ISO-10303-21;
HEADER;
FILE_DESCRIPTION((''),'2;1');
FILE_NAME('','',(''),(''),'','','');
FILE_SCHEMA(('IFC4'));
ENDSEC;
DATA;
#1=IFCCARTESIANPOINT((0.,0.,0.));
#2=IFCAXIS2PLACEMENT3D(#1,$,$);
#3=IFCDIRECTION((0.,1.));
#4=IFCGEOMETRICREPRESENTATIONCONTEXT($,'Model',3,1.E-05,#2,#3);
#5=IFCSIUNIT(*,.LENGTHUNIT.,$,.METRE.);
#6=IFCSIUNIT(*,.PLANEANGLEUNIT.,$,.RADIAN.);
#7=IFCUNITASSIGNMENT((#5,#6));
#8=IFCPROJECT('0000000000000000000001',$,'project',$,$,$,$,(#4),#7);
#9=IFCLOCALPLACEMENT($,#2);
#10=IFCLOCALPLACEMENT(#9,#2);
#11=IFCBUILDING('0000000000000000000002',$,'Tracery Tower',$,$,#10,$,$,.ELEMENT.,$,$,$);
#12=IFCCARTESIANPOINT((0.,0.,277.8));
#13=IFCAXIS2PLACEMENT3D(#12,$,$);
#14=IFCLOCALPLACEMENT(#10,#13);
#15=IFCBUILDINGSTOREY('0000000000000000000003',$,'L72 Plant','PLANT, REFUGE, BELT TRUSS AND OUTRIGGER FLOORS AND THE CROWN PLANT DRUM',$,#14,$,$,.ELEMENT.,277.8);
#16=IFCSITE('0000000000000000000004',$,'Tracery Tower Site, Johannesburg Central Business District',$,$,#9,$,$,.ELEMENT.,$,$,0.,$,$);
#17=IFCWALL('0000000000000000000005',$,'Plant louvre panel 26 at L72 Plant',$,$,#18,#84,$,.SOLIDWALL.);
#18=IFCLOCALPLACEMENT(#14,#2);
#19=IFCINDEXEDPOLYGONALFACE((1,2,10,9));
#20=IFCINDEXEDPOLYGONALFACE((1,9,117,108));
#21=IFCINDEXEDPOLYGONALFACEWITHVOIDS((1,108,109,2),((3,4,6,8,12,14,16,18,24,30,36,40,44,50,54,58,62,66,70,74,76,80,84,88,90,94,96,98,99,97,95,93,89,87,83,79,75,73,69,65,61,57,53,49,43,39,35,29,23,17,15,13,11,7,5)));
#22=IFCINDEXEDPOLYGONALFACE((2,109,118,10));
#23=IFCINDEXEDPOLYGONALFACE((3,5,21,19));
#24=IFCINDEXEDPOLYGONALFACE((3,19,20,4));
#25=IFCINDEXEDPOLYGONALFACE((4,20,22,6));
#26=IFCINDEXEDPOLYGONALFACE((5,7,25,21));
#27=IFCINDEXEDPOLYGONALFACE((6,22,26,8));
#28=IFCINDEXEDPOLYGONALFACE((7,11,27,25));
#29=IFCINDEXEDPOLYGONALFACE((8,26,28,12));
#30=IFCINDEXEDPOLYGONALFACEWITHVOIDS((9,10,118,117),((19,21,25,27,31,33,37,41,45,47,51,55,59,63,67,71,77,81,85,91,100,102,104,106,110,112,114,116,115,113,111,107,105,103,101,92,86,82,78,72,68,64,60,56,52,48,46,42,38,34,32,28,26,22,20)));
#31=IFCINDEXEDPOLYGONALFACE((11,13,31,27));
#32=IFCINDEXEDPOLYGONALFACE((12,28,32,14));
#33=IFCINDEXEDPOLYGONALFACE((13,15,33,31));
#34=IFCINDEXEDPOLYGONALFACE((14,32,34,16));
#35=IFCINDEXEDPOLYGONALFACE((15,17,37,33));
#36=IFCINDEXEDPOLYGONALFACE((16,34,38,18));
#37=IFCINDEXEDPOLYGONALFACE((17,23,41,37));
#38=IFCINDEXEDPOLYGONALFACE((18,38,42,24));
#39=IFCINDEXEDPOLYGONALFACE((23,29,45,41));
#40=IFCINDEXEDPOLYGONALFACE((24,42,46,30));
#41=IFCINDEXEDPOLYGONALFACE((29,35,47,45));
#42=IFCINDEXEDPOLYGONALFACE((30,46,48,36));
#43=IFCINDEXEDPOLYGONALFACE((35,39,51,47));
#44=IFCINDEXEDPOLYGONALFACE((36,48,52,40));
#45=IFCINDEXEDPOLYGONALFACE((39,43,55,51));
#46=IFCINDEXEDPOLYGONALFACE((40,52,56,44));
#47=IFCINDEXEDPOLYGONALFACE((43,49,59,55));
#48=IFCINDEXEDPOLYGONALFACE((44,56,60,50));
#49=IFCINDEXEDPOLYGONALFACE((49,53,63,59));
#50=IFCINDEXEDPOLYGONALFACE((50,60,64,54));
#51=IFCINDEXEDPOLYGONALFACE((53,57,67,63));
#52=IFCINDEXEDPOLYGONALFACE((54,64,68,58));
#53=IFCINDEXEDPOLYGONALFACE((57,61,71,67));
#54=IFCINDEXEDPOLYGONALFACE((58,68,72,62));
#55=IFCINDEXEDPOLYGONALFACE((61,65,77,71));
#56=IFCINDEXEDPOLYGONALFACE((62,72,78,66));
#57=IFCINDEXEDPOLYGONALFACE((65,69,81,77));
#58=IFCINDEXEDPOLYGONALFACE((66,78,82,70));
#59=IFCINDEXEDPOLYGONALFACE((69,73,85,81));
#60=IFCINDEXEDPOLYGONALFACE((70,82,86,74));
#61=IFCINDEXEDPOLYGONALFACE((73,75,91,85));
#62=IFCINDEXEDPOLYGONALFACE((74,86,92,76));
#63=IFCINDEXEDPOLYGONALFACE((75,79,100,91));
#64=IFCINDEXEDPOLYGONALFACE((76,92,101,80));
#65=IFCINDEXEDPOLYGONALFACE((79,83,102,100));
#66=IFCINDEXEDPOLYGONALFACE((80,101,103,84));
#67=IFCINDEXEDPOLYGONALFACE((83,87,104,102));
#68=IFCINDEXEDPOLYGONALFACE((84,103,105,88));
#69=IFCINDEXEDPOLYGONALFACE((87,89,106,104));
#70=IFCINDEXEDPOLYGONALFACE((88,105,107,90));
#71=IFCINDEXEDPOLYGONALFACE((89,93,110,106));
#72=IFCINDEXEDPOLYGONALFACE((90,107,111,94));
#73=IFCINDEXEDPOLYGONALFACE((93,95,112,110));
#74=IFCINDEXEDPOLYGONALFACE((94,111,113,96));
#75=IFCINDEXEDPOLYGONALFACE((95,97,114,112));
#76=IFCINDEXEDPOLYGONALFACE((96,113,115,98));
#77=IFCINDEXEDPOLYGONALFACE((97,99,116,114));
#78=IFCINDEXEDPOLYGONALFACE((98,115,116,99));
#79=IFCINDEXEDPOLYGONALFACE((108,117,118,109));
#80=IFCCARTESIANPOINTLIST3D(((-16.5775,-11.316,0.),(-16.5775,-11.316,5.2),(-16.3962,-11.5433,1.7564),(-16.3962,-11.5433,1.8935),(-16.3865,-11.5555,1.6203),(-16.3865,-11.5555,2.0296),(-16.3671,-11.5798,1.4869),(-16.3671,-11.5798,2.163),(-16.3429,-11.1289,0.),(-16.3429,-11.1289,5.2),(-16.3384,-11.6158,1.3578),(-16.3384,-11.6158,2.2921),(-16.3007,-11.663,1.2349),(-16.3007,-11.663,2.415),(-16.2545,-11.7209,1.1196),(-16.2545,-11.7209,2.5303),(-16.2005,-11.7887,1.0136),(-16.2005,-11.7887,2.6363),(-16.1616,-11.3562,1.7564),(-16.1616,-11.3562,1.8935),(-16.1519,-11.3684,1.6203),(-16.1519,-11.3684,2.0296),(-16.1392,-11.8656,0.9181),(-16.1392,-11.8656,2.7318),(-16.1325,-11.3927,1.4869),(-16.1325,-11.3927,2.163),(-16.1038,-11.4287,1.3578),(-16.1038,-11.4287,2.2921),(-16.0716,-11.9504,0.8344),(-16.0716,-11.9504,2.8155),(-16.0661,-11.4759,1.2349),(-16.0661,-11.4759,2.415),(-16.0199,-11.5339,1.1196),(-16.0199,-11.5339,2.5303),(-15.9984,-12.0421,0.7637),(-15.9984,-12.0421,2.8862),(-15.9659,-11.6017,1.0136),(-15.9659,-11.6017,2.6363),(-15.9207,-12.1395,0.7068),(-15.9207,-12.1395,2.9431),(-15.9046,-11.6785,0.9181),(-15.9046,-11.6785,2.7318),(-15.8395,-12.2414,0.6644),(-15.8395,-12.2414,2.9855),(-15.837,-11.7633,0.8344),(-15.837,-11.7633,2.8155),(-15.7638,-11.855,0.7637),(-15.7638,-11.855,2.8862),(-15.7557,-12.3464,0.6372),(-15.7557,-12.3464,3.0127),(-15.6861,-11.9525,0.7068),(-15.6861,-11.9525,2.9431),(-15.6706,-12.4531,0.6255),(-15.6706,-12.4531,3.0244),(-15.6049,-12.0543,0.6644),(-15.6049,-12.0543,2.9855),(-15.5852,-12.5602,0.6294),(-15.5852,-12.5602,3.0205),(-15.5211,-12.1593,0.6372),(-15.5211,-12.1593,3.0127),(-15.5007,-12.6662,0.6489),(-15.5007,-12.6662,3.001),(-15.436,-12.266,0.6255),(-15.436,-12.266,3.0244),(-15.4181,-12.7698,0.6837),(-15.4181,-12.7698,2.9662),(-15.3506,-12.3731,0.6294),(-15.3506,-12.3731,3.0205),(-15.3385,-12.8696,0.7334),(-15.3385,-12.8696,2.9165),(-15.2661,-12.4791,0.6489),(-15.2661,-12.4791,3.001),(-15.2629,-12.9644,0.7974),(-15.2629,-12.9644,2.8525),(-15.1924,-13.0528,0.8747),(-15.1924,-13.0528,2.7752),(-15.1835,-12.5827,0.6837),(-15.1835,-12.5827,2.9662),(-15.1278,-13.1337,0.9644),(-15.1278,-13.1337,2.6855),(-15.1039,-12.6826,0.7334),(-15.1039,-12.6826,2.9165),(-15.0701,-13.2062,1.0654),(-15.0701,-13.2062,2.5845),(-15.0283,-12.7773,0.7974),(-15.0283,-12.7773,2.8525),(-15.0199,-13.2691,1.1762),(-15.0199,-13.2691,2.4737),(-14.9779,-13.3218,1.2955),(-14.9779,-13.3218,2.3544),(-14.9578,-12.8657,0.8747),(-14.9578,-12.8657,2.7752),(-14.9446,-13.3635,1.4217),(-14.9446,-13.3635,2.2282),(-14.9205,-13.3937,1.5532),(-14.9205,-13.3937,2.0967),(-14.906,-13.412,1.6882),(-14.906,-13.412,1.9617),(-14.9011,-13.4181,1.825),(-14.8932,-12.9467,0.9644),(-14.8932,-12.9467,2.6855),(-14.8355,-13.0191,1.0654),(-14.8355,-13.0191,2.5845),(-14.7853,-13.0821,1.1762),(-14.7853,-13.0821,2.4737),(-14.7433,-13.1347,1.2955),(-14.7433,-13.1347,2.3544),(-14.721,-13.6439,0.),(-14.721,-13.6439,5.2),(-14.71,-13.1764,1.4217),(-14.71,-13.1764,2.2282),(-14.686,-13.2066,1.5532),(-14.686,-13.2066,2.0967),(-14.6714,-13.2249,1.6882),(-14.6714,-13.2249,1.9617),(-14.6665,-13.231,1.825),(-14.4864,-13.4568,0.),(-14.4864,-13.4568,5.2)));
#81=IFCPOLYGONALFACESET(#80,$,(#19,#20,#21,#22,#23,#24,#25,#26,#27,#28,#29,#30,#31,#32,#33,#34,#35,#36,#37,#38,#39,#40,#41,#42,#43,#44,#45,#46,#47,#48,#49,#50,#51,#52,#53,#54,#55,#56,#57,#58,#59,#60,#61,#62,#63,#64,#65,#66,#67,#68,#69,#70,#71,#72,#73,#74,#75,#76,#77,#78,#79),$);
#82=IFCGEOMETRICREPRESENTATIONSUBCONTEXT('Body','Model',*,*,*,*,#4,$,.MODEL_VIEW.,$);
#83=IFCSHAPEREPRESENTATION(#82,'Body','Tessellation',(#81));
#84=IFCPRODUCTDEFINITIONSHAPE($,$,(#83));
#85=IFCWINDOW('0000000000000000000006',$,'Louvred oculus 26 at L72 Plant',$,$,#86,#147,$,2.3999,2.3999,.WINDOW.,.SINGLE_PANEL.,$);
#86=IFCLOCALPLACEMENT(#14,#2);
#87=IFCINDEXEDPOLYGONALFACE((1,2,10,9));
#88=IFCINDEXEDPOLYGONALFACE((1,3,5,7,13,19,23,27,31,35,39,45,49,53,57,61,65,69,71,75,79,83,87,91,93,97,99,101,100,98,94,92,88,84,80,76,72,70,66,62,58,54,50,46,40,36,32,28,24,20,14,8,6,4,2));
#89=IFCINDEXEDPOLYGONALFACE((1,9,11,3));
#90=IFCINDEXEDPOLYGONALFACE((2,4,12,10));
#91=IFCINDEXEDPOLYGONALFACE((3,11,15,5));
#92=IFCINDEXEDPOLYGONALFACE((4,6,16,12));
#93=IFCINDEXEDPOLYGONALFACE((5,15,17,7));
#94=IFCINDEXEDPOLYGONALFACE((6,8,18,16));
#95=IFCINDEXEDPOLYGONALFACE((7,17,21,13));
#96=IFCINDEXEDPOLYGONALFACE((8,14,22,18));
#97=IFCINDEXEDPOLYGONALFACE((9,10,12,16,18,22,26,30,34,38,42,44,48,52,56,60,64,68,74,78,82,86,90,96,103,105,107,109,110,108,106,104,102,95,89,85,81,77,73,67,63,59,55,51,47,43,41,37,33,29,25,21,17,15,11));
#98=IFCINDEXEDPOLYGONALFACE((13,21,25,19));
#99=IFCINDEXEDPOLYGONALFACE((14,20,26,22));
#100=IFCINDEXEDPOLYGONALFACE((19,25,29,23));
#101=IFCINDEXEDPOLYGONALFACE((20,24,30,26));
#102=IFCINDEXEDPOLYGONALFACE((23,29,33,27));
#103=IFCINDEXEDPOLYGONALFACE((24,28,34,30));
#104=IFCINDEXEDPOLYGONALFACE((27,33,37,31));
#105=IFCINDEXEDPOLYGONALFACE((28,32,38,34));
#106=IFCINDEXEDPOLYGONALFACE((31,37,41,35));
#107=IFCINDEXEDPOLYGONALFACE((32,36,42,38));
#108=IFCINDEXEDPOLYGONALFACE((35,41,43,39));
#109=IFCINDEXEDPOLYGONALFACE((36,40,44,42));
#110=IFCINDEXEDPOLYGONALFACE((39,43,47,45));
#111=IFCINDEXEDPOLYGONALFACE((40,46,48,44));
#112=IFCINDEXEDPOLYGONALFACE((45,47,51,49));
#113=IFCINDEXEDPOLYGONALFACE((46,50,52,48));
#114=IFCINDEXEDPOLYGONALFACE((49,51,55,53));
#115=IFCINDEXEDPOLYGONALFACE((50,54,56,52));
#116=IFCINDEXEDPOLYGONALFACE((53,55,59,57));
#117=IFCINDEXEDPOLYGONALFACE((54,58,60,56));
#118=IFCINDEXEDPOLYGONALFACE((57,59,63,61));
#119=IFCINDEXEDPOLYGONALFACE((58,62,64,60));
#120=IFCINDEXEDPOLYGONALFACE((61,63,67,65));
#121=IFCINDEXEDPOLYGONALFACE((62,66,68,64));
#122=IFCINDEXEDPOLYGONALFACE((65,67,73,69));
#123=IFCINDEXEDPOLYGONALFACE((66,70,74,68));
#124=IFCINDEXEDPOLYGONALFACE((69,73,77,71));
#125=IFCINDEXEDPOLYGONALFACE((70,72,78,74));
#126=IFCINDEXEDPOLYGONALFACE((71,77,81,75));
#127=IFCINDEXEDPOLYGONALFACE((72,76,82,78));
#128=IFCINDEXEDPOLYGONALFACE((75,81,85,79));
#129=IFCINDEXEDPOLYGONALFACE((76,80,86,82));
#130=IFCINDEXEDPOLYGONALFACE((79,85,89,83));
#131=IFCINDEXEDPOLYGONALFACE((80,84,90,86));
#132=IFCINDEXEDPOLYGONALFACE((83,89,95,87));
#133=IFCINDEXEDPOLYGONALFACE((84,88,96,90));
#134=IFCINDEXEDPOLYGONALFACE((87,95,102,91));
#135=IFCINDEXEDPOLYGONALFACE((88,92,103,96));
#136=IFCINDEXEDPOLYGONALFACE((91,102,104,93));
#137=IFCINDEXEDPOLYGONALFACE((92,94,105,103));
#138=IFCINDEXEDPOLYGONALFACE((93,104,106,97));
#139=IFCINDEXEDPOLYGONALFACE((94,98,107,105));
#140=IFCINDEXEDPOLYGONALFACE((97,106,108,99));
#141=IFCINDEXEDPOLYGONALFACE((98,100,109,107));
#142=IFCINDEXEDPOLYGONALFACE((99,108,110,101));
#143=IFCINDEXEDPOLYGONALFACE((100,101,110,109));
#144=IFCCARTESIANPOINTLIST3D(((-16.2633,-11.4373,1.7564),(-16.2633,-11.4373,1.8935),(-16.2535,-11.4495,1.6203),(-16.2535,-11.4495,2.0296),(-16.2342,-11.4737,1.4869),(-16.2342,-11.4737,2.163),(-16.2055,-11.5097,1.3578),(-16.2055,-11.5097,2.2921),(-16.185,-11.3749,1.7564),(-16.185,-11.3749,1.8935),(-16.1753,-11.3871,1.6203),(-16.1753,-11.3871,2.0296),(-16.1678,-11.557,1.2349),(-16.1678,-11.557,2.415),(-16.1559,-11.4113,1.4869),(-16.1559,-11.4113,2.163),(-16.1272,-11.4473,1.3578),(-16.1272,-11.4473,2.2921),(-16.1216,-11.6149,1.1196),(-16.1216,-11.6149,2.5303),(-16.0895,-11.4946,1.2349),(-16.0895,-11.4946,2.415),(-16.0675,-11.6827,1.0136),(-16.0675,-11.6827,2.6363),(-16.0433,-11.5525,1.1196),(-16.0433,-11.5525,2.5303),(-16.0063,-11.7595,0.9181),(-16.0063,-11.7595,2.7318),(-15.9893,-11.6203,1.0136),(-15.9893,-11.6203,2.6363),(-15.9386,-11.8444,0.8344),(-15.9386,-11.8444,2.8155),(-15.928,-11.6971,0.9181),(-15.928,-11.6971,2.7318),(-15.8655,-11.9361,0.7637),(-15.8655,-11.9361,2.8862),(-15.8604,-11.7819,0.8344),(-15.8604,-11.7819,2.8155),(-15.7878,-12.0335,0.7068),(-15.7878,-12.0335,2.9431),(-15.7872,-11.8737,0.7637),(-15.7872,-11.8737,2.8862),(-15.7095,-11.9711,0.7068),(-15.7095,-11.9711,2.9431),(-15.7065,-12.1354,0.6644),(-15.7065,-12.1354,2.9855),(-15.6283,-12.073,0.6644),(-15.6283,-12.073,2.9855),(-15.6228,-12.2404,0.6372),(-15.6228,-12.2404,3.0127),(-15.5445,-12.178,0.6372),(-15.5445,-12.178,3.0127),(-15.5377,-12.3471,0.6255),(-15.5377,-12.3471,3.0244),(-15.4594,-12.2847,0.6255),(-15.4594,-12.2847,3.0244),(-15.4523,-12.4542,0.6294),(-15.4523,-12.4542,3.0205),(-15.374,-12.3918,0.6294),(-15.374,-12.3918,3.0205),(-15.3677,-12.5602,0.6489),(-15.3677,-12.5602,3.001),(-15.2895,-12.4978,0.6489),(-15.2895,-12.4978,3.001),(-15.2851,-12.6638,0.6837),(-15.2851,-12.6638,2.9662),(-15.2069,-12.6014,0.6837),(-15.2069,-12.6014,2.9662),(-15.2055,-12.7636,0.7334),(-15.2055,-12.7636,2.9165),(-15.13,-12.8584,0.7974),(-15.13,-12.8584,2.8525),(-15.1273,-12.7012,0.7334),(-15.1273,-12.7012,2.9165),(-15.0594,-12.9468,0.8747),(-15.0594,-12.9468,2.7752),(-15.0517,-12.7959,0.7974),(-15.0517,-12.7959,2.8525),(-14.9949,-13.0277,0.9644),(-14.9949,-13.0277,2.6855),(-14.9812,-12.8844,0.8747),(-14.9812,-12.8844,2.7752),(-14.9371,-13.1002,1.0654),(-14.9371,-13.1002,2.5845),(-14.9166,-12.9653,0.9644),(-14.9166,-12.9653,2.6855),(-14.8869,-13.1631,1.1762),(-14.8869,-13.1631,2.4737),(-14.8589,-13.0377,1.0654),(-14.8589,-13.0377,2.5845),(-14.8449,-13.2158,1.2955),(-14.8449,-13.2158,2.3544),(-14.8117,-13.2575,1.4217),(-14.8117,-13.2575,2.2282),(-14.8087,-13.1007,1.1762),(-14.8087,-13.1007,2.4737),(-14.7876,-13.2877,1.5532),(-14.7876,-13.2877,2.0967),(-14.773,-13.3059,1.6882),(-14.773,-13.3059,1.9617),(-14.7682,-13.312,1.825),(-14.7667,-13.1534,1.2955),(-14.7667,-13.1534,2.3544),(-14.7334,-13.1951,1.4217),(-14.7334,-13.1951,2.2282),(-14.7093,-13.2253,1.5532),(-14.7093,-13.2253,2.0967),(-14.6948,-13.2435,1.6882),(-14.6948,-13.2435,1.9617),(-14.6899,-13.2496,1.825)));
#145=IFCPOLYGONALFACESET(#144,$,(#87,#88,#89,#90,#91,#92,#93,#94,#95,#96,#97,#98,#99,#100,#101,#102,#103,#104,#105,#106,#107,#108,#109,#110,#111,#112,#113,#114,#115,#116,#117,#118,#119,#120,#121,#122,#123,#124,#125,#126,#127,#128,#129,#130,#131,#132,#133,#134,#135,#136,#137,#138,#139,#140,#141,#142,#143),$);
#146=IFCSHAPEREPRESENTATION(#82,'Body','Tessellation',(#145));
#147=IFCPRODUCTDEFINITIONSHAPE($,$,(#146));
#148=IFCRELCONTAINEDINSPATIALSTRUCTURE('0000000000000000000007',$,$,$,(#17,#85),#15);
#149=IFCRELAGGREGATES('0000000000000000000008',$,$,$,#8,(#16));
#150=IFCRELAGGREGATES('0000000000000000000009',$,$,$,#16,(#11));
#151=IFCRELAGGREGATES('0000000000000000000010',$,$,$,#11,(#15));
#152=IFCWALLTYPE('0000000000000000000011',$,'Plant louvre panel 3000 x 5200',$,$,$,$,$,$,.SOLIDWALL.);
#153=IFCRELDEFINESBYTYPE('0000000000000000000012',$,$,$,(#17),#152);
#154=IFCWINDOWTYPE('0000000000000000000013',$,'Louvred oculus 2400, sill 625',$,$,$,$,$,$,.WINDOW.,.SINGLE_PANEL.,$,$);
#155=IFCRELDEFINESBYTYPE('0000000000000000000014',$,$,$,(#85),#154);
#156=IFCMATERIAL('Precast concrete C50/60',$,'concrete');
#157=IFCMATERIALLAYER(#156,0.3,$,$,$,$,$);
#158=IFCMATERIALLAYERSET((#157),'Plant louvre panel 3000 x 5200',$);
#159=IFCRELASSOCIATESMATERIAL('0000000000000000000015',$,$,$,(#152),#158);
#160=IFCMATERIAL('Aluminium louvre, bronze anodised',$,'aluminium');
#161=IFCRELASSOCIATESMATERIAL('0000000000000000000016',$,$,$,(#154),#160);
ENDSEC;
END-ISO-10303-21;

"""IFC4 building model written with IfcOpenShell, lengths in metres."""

from ifc_helpers import new_model, si_unit, direction, frame, frame_2d, origin, origin_2d, place, context, subcontext, project, spatial, rectangle, circle, extrude, material, layer, layer_set, type_object, element, fill, save


model = new_model("IFC4")

# Units and contexts
model_context = context("Model", 3, precision=1e-05, world=origin(), true_north=direction((0.0, 1.0)))
body_context = subcontext(model_context, "Body", "Model", "MODEL_VIEW")
ifc_project = project(units=[si_unit("LENGTHUNIT", "METRE"), si_unit("PLANEANGLEUNIT", "RADIAN")], contexts=[model_context])

# Site, building, storey
site_placement = place(None, origin())
site = spatial("IfcSite", under=ifc_project, at=site_placement, Name="Tracery Tower Site, Johannesburg Central Business District", CompositionType="ELEMENT", RefElevation=0.0)
building_placement = place(site_placement, origin())
building = spatial("IfcBuilding", under=site, at=building_placement, Name="Tracery Tower", CompositionType="ELEMENT")
storey_placement = place(building_placement, frame((0.0, 0.0, 277.8)))
storey = spatial("IfcBuildingStorey", under=building, at=storey_placement, Name="L72 Plant", Description="PLANT, REFUGE, BELT TRUSS AND OUTRIGGER FLOORS AND THE CROWN PLANT DRUM", CompositionType="ELEMENT", Elevation=277.8)

# Wall, opening, window
ifc_material_1 = material(Name="Precast concrete C50/60", Category="concrete")
ifc_layer_1 = layer(ifc_material_1, 0.3)
ifc_layer_set_1 = layer_set([ifc_layer_1], Name="Plant louvre panel 3000 x 5200")
wall_type_1 = type_object("IfcWallType", Name="Plant louvre panel 3000 x 5200", PredefinedType="SOLIDWALL", material=ifc_layer_set_1)
wall_1_placement = place(storey_placement, frame((-16.4602, -11.2224, 0.0), z_axis=(0.0, 0.0, 1.0), x_axis=(0.623494, -0.781828, 0.0)))
wall_1 = element("IfcWall", 1, at=wall_1_placement, inside=storey, type_object=wall_type_1, Name="Plant louvre panel 26 at L72 Plant", PredefinedType="SOLIDWALL", context=body_context, shape_type="SweptSolid", body=[
    extrude(rectangle(XDim=2.9775, YDim=0.3, at=frame_2d((1.4888, 0.0))), origin(), (0.0, 0.0, 1.0), 5.2),
])
opening_1_placement = place(wall_1_placement, frame((1.4888, 0.0, 1.825)))
opening_1 = element("IfcOpeningElement", 2, at=opening_1_placement, cuts=wall_1, PredefinedType="OPENING", context=body_context, shape_type="SweptSolid", body=[
    extrude(circle(Radius=1.2, at=origin_2d()), frame((0.0, 0.1599, 0.0), z_axis=(0.0, -1.0, 0.0), x_axis=(1.0, 0.0, 0.0)), (0.0, 0.0, 1.0), 0.3201),
])
ifc_material_2 = material(Name="Aluminium louvre, bronze anodised", Category="aluminium")
window_type = type_object("IfcWindowType", Name="Louvred oculus 2400, sill 625", PartitioningType="SINGLE_PANEL", PredefinedType="WINDOW", material=ifc_material_2)
window_1_placement = place(opening_1_placement, origin())
window_1 = element("IfcWindow", 3, at=window_1_placement, inside=storey, type_object=window_type, Name="Louvred oculus 26 at L72 Plant", OverallHeight=2.3999, OverallWidth=2.3999, PartitioningType="SINGLE_PANEL", PredefinedType="WINDOW", context=body_context, shape_type="SweptSolid", body=[
    extrude(circle(Radius=1.2, at=origin_2d()), frame((0.0, 0.1201, 0.0), z_axis=(0.0, -1.0, 0.0), x_axis=(1.0, 0.0, 0.0)), (0.0, 0.0, 1.0), 0.1001),
])
fill(opening_1, window_1)

save(model, "model.ifc")
